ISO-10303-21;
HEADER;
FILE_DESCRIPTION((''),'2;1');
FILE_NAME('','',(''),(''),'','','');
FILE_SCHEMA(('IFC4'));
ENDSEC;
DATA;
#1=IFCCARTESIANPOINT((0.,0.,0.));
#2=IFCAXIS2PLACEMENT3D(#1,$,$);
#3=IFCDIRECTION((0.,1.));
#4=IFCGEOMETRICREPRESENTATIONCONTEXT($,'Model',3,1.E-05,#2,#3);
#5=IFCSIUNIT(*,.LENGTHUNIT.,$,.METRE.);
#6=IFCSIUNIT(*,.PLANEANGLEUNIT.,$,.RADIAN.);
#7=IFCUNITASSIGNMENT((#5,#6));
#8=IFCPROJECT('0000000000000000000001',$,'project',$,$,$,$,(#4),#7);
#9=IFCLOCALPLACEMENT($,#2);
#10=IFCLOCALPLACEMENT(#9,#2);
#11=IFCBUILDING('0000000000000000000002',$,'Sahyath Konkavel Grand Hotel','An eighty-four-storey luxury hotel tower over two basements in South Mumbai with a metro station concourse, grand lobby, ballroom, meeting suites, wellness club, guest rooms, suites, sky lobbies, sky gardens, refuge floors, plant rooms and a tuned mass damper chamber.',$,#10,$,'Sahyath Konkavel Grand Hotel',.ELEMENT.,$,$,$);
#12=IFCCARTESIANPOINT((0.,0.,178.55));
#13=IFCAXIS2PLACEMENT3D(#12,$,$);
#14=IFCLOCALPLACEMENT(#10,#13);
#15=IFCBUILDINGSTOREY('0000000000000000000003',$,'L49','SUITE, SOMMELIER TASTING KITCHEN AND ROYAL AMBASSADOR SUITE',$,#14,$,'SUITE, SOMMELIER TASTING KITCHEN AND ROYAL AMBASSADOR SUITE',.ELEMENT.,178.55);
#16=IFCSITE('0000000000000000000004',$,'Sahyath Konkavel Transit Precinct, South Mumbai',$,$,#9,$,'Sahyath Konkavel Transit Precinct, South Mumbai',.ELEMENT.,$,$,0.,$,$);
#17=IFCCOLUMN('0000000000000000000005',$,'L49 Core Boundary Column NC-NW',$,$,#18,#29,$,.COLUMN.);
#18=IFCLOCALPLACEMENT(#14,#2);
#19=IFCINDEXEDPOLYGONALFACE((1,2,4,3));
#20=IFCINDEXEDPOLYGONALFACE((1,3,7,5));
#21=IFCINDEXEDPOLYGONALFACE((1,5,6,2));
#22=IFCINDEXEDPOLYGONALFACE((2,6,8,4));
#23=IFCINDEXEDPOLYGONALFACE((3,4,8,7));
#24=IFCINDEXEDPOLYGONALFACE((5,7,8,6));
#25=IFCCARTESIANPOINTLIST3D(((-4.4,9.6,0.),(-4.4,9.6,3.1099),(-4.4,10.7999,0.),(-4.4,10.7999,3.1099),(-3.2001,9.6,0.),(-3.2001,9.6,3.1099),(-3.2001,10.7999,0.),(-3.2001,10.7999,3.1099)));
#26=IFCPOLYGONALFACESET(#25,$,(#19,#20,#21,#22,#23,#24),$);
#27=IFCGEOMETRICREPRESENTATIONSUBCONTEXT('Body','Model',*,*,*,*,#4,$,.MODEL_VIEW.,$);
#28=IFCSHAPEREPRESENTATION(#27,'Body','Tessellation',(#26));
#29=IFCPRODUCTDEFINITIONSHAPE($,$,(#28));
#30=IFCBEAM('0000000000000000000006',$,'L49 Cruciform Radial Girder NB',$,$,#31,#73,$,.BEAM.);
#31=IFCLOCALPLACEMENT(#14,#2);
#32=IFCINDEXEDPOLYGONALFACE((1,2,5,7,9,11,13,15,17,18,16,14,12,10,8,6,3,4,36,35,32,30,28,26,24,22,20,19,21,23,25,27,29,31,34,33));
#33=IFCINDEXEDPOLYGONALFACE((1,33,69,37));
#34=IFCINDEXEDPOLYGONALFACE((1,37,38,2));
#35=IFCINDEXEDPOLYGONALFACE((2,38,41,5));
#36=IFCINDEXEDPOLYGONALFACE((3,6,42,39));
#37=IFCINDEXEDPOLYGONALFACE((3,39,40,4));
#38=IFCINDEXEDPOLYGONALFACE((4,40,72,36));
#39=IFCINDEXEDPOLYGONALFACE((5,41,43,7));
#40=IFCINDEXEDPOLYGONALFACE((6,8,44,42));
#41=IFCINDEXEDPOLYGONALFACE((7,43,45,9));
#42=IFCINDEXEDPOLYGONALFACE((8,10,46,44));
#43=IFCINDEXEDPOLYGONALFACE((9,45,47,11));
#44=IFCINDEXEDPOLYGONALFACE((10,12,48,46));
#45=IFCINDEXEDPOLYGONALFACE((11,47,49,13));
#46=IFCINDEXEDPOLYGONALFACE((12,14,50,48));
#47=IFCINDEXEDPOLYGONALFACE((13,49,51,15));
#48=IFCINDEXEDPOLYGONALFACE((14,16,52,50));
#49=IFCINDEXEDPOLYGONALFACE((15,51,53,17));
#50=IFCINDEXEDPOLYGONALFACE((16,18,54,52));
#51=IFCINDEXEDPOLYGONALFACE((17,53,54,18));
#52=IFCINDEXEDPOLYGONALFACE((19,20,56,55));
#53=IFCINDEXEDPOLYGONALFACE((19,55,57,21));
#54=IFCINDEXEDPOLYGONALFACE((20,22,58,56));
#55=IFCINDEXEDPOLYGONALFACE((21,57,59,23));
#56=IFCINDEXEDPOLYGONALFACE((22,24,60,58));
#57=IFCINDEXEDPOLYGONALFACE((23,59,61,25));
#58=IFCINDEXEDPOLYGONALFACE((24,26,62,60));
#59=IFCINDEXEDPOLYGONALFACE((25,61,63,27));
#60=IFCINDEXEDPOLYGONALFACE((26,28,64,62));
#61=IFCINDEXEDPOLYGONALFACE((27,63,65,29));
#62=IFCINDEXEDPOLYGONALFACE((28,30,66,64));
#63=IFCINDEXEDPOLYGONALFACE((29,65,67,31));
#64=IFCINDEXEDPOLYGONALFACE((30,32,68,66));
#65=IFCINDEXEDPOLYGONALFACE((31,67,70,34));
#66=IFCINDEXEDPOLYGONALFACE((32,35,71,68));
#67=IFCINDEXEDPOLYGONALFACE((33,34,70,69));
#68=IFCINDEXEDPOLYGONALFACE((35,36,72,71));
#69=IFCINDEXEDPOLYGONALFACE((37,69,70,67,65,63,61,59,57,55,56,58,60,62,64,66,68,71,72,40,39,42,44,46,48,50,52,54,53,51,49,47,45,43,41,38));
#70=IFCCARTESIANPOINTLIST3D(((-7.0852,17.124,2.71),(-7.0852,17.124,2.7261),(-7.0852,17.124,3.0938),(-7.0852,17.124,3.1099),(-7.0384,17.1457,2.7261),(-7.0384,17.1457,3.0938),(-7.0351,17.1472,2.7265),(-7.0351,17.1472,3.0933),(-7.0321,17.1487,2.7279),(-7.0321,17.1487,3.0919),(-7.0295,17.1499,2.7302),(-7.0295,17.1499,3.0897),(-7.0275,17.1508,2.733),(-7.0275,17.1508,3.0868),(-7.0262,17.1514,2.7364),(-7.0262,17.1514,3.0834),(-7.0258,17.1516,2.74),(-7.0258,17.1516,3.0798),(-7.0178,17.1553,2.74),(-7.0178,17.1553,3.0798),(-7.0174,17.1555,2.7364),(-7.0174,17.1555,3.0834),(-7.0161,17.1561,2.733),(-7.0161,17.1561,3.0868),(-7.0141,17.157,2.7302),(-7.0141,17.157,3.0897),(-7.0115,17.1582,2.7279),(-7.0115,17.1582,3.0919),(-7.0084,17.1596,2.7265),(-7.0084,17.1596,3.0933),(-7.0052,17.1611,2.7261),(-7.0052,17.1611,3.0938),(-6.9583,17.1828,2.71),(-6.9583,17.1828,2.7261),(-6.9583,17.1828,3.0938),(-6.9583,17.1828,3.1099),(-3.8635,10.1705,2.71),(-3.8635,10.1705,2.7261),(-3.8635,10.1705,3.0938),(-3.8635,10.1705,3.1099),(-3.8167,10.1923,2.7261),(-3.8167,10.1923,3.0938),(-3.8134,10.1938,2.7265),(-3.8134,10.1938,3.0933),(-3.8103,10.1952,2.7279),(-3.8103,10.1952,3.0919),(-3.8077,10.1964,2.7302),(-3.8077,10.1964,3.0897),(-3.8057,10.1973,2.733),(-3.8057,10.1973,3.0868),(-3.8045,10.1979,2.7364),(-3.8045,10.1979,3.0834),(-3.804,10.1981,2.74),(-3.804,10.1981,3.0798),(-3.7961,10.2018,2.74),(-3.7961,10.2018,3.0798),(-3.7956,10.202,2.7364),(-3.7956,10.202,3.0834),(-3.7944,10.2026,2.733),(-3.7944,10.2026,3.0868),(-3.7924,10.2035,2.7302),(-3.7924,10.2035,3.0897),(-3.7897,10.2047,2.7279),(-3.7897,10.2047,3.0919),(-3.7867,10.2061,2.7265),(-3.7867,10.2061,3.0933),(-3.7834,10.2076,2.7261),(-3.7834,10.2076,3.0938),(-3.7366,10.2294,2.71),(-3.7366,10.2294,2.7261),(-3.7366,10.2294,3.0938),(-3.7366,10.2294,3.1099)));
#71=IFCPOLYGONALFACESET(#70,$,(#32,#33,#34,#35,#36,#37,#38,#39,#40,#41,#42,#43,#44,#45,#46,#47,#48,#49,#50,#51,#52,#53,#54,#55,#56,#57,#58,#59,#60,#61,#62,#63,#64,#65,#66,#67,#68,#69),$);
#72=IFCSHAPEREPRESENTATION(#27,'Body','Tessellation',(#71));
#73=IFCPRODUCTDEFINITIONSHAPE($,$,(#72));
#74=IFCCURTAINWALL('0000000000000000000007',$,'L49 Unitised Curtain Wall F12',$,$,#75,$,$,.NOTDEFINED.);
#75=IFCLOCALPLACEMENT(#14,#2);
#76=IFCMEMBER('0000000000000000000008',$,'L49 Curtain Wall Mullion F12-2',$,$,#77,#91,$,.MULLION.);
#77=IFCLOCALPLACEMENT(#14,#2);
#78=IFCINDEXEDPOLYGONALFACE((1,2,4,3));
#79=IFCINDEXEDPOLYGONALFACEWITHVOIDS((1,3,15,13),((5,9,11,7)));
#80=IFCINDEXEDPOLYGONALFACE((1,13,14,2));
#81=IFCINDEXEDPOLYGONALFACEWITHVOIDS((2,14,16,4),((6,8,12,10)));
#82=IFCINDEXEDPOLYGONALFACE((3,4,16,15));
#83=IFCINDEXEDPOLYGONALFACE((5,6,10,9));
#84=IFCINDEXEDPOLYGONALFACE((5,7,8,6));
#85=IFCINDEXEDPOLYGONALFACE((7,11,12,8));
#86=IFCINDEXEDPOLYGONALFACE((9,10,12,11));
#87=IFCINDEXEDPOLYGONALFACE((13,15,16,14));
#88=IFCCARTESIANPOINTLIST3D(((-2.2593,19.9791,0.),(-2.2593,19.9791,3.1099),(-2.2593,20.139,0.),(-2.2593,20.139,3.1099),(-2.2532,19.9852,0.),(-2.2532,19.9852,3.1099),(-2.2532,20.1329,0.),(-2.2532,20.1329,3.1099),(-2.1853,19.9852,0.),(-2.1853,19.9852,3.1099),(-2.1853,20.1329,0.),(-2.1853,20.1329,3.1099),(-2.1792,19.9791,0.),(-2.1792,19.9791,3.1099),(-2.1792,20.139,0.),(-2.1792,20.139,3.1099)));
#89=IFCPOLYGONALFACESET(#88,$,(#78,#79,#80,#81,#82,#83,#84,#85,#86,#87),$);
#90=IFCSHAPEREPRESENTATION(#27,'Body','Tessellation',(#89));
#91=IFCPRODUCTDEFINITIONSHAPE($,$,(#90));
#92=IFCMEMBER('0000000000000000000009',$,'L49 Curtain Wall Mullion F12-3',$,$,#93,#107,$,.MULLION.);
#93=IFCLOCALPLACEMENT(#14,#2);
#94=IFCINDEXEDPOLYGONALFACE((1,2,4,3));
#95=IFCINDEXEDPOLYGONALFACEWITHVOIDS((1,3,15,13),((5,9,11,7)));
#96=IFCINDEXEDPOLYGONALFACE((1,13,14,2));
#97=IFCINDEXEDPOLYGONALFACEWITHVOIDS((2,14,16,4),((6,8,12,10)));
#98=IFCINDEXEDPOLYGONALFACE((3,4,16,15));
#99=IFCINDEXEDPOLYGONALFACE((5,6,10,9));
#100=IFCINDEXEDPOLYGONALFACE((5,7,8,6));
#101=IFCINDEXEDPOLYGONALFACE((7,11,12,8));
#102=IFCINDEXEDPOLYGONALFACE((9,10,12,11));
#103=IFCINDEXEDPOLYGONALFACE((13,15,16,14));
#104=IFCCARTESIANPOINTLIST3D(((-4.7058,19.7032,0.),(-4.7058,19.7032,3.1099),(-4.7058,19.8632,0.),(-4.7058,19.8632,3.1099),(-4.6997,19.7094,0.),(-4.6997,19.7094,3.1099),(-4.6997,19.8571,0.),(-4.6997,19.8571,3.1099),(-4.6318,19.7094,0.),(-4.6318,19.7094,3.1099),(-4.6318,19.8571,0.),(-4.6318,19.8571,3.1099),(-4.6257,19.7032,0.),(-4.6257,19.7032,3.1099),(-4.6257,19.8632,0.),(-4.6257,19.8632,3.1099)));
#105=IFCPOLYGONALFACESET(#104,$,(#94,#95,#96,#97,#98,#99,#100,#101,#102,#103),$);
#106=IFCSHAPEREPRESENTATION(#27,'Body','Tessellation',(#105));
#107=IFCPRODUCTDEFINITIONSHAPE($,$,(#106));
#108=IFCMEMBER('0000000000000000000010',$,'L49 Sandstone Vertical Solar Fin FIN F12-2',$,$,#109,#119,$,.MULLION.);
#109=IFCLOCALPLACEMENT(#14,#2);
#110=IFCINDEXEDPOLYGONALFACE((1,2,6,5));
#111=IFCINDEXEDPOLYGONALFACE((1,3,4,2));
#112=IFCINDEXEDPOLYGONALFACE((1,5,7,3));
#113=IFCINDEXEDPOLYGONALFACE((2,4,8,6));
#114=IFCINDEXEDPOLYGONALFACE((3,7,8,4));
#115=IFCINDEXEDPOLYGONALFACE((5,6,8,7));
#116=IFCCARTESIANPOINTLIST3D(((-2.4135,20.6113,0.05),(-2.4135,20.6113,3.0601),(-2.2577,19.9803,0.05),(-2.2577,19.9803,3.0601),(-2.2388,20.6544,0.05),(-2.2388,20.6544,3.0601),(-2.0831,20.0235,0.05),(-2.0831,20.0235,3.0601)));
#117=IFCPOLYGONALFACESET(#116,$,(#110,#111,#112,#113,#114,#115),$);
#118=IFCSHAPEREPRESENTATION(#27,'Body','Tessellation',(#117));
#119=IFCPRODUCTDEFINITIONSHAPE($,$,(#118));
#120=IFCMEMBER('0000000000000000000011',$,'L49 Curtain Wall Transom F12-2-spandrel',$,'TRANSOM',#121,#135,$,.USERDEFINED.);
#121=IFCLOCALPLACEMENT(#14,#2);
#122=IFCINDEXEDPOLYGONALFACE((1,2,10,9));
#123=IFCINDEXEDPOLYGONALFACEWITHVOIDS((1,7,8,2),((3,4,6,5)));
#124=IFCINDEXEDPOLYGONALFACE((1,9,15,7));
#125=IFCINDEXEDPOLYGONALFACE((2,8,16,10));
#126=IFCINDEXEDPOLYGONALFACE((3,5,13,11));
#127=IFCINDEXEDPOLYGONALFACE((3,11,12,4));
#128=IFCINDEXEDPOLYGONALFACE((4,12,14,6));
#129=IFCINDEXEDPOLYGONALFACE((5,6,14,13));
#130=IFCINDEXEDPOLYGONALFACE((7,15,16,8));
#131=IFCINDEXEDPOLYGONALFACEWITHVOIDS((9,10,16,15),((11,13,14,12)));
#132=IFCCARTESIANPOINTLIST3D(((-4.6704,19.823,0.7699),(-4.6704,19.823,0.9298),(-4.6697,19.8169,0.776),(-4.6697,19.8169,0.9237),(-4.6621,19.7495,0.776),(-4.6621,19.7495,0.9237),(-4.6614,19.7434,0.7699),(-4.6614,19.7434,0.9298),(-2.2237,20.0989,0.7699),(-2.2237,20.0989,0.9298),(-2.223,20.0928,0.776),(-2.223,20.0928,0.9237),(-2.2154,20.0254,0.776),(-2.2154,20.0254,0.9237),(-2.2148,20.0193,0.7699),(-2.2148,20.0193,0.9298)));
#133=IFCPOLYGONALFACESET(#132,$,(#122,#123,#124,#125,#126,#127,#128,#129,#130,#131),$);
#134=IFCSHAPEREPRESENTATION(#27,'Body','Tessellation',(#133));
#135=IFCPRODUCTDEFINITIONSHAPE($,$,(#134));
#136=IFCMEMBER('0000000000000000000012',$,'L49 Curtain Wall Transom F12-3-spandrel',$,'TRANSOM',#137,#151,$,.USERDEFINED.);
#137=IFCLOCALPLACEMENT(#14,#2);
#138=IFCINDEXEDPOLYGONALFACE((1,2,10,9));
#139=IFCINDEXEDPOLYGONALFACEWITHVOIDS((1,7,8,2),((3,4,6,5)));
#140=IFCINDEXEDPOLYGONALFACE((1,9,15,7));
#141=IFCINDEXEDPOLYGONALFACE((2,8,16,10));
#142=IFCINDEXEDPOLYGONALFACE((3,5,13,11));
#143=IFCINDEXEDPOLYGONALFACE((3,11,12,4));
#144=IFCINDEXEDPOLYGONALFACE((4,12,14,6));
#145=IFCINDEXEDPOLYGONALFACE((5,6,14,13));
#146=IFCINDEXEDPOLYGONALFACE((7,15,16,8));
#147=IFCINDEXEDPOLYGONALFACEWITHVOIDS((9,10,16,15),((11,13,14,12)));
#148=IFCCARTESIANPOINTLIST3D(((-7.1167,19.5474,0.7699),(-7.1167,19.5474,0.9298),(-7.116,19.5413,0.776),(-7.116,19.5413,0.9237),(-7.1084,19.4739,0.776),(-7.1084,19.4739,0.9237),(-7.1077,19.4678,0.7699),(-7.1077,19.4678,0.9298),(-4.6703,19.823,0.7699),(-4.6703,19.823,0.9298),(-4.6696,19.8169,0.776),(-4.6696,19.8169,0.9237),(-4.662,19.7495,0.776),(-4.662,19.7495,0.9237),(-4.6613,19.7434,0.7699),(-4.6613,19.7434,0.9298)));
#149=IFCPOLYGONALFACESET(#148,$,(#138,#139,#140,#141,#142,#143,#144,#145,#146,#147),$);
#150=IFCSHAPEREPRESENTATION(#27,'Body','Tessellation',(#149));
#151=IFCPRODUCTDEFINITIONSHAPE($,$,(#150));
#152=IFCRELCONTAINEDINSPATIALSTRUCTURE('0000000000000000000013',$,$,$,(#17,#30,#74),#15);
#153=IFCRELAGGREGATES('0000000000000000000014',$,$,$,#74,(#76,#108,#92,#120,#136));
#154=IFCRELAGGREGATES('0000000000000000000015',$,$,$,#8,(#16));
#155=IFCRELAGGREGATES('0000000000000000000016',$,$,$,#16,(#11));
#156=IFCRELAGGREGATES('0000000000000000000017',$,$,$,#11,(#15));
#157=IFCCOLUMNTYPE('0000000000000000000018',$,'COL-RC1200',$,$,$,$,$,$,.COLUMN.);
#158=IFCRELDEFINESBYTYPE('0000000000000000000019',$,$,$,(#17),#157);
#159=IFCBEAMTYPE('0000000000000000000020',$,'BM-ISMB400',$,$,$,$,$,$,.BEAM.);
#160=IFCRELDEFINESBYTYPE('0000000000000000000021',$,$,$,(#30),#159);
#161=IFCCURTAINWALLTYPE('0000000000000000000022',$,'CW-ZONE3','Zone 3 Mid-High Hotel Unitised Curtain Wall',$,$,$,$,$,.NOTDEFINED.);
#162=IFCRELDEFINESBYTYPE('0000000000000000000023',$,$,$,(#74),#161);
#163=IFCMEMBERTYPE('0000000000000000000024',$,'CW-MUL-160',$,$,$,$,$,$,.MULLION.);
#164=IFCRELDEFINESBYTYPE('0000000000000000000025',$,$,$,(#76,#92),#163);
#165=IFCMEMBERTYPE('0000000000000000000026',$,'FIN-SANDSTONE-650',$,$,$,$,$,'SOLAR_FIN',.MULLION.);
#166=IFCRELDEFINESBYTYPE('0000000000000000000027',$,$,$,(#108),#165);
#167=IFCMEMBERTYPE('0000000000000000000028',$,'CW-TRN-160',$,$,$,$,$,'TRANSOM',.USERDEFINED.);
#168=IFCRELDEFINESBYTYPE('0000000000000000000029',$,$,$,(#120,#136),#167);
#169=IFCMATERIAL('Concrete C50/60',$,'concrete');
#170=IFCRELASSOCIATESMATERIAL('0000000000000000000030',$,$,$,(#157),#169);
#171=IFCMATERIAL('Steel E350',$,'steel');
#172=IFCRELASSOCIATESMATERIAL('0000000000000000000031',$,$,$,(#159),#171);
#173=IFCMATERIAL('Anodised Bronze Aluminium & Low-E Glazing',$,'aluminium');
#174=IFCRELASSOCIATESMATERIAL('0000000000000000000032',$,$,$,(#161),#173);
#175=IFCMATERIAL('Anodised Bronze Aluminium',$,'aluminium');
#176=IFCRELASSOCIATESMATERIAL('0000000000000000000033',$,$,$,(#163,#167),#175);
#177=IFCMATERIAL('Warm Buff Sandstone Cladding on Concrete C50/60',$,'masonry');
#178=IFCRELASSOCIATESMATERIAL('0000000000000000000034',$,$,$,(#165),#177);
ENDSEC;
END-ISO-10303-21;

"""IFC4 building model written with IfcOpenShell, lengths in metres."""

from ifc_helpers import new_model, si_unit, direction, frame, origin, origin_2d, place, context, subcontext, project, spatial, rectangle, hollow_rectangle, i_section, extrude, source, transform, mapped, material, material_profile, profile_set, type_object, element, aggregate, save


model = new_model("IFC4")

# Units and contexts
model_context = context("Model", 3, precision=1e-05, world=origin(), true_north=direction((0.0, 1.0)))
body_context = subcontext(model_context, "Body", "Model", "MODEL_VIEW")
ifc_project = project(units=[si_unit("LENGTHUNIT", "METRE"), si_unit("PLANEANGLEUNIT", "RADIAN")], contexts=[model_context])

# Site, building, storey
site_placement = place(None, origin())
site = spatial("IfcSite", under=ifc_project, at=site_placement, Name="Sahyath Konkavel Transit Precinct, South Mumbai", LongName="Sahyath Konkavel Transit Precinct, South Mumbai", CompositionType="ELEMENT", RefElevation=0.0)
building_placement = place(site_placement, origin())
building = spatial("IfcBuilding", under=site, at=building_placement, Name="Sahyath Konkavel Grand Hotel", Description="An eighty-four-storey luxury hotel tower over two basements in South Mumbai with a metro station concourse, grand lobby, ballroom, meeting suites, wellness club, guest rooms, suites, sky lobbies, sky gardens, refuge floors, plant rooms and a tuned mass damper chamber.", LongName="Sahyath Konkavel Grand Hotel", CompositionType="ELEMENT")
storey_placement = place(building_placement, frame((0.0, 0.0, 178.55)))
storey = spatial("IfcBuildingStorey", under=building, at=storey_placement, Name="L49", Description="SUITE, SOMMELIER TASTING KITCHEN AND ROYAL AMBASSADOR SUITE", LongName="SUITE, SOMMELIER TASTING KITCHEN AND ROYAL AMBASSADOR SUITE", CompositionType="ELEMENT", Elevation=178.55)

# Column
ifc_material_1 = material(Name="Concrete C50/60", Category="concrete")
ifc_material_profile_1 = material_profile(ifc_material_1, rectangle(XDim=1.2, YDim=1.2, at=origin_2d()), Name="RC 1200x1200")
ifc_profile_set_1 = profile_set([ifc_material_profile_1], Name="Concrete C50/60")
column_type = type_object("IfcColumnType", Name="COL-RC1200", PredefinedType="COLUMN", material=ifc_profile_set_1)
shared_shape_1 = source(origin(), body_context, "Body", "SweptSolid", [
    extrude(rectangle(XDim=1.2, YDim=1.2, at=origin_2d()), origin(), (0.0, 0.0, 1.0), 3.1099),
])
column_placement = place(storey_placement, frame((-3.8, 10.2, 0.0), z_axis=(0.0, 0.0, 1.0), x_axis=(1.0, 0.0, 0.0)))
element("IfcColumn", 1, at=column_placement, inside=storey, type_object=column_type, Name="L49 Core Boundary Column NC-NW", PredefinedType="COLUMN", context=body_context, shape_type="MappedRepresentation", body=[
    mapped(shared_shape_1, transform((0.0, 0.0, 0.0), scale=1.0)),
])

# Beam
ifc_material_2 = material(Name="Steel E350", Category="steel")
ifc_material_profile_2 = material_profile(ifc_material_2, i_section(OverallWidth=0.1399, OverallDepth=0.3999, WebThickness=0.0088, FlangeThickness=0.0161, FilletRadius=0.0139, at=origin_2d()), Name="ISMB 400")
ifc_profile_set_2 = profile_set([ifc_material_profile_2], Name="Steel E350")
beam_type_1 = type_object("IfcBeamType", Name="BM-ISMB400", PredefinedType="BEAM", material=ifc_profile_set_2)
shared_shape_2 = source(origin(), body_context, "Body", "SweptSolid", [
    extrude(i_section(OverallWidth=0.1399, OverallDepth=0.3999, WebThickness=0.0088, FlangeThickness=0.0161, FilletRadius=0.0139, at=origin_2d()), origin(), (0.0, 0.0, 1.0), 7.6636),
])
beam_1_placement = place(storey_placement, frame((-3.8, 10.2, 2.9099), z_axis=(-0.420395, 0.907341, 0.0), x_axis=(-0.907341, -0.420395, 0.0)))
element("IfcBeam", 2, at=beam_1_placement, inside=storey, type_object=beam_type_1, Name="L49 Cruciform Radial Girder NB", PredefinedType="BEAM", context=body_context, shape_type="MappedRepresentation", body=[
    mapped(shared_shape_2, transform((0.0, 0.0, 0.0), scale=1.0)),
])

# Curtain wall, members
ifc_material_3 = material(Name="Anodised Bronze Aluminium & Low-E Glazing", Category="aluminium")
curtain_wall_type = type_object("IfcCurtainWallType", Name="CW-ZONE3", Description="Zone 3 Mid-High Hotel Unitised Curtain Wall", PredefinedType="NOTDEFINED", material=ifc_material_3)
curtain_wall_placement = place(storey_placement, origin())
curtain_wall = element("IfcCurtainWall", 3, at=curtain_wall_placement, inside=storey, type_object=curtain_wall_type, Name="L49 Unitised Curtain Wall F12", PredefinedType="NOTDEFINED")
ifc_material_4 = material(Name="Anodised Bronze Aluminium", Category="aluminium")
ifc_material_profile_3 = material_profile(ifc_material_4, hollow_rectangle(XDim=0.0801, YDim=0.1599, WallThickness=0.0061, at=origin_2d()), Name="RHS 160x80x6")
ifc_profile_set_3 = profile_set([ifc_material_profile_3], Name="Anodised Bronze Aluminium")
member_type_1 = type_object("IfcMemberType", Name="CW-MUL-160", PredefinedType="MULLION", material=ifc_profile_set_3)
shared_shape_3 = source(origin(), body_context, "Body", "SweptSolid", [
    extrude(hollow_rectangle(XDim=0.0801, YDim=0.1599, WallThickness=0.0061, at=origin_2d()), origin(), (0.0, 0.0, 1.0), 3.1099),
])
member_1_placement = place(storey_placement, frame((-2.2192, 20.0591, 0.0), z_axis=(0.0, 0.0, 1.0), x_axis=(1.0, 0.0, 0.0)))
member_1 = element("IfcMember", 4, at=member_1_placement, type_object=member_type_1, Name="L49 Curtain Wall Mullion F12-2", PredefinedType="MULLION", context=body_context, shape_type="MappedRepresentation", body=[
    mapped(shared_shape_3, transform((0.0, 0.0, 0.0), scale=1.0)),
])
member_2_placement = place(storey_placement, frame((-4.6658, 19.7832, 0.0), z_axis=(0.0, 0.0, 1.0), x_axis=(1.0, 0.0, 0.0)))
member_2 = element("IfcMember", 5, at=member_2_placement, type_object=member_type_1, Name="L49 Curtain Wall Mullion F12-3", PredefinedType="MULLION", context=body_context, shape_type="MappedRepresentation", body=[
    mapped(shared_shape_3, transform((0.0, 0.0, 0.0), scale=1.0)),
])
ifc_material_5 = material(Name="Warm Buff Sandstone Cladding on Concrete C50/60", Category="masonry")
ifc_material_profile_4 = material_profile(ifc_material_5, rectangle(XDim=0.1799, YDim=0.6499, at=origin_2d()), Name="FIN 180x650")
ifc_profile_set_4 = profile_set([ifc_material_profile_4], Name="Warm Buff Sandstone Cladding on Concrete C50/60")
member_type_2 = type_object("IfcMemberType", Name="FIN-SANDSTONE-650", ElementType="SOLAR_FIN", PredefinedType="MULLION", material=ifc_profile_set_4)
shared_shape_4 = source(origin(), body_context, "Body", "SweptSolid", [
    extrude(rectangle(XDim=0.1799, YDim=0.6499, at=origin_2d()), origin(), (0.0, 0.0, 1.0), 3.01),
])
member_3_placement = place(storey_placement, frame((-2.2483, 20.3174, 0.05), z_axis=(0.0, 0.0, 1.0), x_axis=(0.970842, 0.23972, 0.0)))
member_3 = element("IfcMember", 6, at=member_3_placement, type_object=member_type_2, Name="L49 Sandstone Vertical Solar Fin FIN F12-2", PredefinedType="MULLION", context=body_context, shape_type="MappedRepresentation", body=[
    mapped(shared_shape_4, transform((0.0, 0.0, 0.0), scale=1.0)),
])
ifc_material_profile_5 = material_profile(ifc_material_4, hollow_rectangle(XDim=0.0801, YDim=0.1599, WallThickness=0.0061, at=origin_2d()), Name="RHS 160x80x6")
ifc_profile_set_5 = profile_set([ifc_material_profile_5], Name="Anodised Bronze Aluminium")
member_type_3 = type_object("IfcMemberType", Name="CW-TRN-160", ElementType="TRANSOM", PredefinedType="USERDEFINED", material=ifc_profile_set_5)
shared_shape_5 = source(origin(), body_context, "Body", "SweptSolid", [
    extrude(hollow_rectangle(XDim=0.0801, YDim=0.1599, WallThickness=0.0061, at=origin_2d()), origin(), (0.0, 0.0, 1.0), 2.4622),
])
member_4_placement = place(storey_placement, frame((-2.2192, 20.0591, 0.8499), z_axis=(-0.993702, -0.112053, 0.0), x_axis=(0.112053, -0.993702, 0.0)))
member_4 = element("IfcMember", 7, at=member_4_placement, type_object=member_type_3, Name="L49 Curtain Wall Transom F12-2-spandrel", ObjectType="TRANSOM", PredefinedType="USERDEFINED", context=body_context, shape_type="MappedRepresentation", body=[
    mapped(shared_shape_5, transform((0.0, 0.0, 0.0), scale=1.0)),
])
shared_shape_6 = source(origin(), body_context, "Body", "SweptSolid", [
    extrude(hollow_rectangle(XDim=0.0801, YDim=0.1599, WallThickness=0.0061, at=origin_2d()), origin(), (0.0, 0.0, 1.0), 2.4619),
])
member_5_placement = place(storey_placement, frame((-4.6658, 19.7832, 0.8499), z_axis=(-0.993713, -0.111955, 0.0), x_axis=(0.111955, -0.993713, 0.0)))
member_5 = element("IfcMember", 8, at=member_5_placement, type_object=member_type_3, Name="L49 Curtain Wall Transom F12-3-spandrel", ObjectType="TRANSOM", PredefinedType="USERDEFINED", context=body_context, shape_type="MappedRepresentation", body=[
    mapped(shared_shape_6, transform((0.0, 0.0, 0.0), scale=1.0)),
])

aggregate(curtain_wall, [member_1, member_3, member_2, member_4, member_5])

save(model, "model.ifc")
